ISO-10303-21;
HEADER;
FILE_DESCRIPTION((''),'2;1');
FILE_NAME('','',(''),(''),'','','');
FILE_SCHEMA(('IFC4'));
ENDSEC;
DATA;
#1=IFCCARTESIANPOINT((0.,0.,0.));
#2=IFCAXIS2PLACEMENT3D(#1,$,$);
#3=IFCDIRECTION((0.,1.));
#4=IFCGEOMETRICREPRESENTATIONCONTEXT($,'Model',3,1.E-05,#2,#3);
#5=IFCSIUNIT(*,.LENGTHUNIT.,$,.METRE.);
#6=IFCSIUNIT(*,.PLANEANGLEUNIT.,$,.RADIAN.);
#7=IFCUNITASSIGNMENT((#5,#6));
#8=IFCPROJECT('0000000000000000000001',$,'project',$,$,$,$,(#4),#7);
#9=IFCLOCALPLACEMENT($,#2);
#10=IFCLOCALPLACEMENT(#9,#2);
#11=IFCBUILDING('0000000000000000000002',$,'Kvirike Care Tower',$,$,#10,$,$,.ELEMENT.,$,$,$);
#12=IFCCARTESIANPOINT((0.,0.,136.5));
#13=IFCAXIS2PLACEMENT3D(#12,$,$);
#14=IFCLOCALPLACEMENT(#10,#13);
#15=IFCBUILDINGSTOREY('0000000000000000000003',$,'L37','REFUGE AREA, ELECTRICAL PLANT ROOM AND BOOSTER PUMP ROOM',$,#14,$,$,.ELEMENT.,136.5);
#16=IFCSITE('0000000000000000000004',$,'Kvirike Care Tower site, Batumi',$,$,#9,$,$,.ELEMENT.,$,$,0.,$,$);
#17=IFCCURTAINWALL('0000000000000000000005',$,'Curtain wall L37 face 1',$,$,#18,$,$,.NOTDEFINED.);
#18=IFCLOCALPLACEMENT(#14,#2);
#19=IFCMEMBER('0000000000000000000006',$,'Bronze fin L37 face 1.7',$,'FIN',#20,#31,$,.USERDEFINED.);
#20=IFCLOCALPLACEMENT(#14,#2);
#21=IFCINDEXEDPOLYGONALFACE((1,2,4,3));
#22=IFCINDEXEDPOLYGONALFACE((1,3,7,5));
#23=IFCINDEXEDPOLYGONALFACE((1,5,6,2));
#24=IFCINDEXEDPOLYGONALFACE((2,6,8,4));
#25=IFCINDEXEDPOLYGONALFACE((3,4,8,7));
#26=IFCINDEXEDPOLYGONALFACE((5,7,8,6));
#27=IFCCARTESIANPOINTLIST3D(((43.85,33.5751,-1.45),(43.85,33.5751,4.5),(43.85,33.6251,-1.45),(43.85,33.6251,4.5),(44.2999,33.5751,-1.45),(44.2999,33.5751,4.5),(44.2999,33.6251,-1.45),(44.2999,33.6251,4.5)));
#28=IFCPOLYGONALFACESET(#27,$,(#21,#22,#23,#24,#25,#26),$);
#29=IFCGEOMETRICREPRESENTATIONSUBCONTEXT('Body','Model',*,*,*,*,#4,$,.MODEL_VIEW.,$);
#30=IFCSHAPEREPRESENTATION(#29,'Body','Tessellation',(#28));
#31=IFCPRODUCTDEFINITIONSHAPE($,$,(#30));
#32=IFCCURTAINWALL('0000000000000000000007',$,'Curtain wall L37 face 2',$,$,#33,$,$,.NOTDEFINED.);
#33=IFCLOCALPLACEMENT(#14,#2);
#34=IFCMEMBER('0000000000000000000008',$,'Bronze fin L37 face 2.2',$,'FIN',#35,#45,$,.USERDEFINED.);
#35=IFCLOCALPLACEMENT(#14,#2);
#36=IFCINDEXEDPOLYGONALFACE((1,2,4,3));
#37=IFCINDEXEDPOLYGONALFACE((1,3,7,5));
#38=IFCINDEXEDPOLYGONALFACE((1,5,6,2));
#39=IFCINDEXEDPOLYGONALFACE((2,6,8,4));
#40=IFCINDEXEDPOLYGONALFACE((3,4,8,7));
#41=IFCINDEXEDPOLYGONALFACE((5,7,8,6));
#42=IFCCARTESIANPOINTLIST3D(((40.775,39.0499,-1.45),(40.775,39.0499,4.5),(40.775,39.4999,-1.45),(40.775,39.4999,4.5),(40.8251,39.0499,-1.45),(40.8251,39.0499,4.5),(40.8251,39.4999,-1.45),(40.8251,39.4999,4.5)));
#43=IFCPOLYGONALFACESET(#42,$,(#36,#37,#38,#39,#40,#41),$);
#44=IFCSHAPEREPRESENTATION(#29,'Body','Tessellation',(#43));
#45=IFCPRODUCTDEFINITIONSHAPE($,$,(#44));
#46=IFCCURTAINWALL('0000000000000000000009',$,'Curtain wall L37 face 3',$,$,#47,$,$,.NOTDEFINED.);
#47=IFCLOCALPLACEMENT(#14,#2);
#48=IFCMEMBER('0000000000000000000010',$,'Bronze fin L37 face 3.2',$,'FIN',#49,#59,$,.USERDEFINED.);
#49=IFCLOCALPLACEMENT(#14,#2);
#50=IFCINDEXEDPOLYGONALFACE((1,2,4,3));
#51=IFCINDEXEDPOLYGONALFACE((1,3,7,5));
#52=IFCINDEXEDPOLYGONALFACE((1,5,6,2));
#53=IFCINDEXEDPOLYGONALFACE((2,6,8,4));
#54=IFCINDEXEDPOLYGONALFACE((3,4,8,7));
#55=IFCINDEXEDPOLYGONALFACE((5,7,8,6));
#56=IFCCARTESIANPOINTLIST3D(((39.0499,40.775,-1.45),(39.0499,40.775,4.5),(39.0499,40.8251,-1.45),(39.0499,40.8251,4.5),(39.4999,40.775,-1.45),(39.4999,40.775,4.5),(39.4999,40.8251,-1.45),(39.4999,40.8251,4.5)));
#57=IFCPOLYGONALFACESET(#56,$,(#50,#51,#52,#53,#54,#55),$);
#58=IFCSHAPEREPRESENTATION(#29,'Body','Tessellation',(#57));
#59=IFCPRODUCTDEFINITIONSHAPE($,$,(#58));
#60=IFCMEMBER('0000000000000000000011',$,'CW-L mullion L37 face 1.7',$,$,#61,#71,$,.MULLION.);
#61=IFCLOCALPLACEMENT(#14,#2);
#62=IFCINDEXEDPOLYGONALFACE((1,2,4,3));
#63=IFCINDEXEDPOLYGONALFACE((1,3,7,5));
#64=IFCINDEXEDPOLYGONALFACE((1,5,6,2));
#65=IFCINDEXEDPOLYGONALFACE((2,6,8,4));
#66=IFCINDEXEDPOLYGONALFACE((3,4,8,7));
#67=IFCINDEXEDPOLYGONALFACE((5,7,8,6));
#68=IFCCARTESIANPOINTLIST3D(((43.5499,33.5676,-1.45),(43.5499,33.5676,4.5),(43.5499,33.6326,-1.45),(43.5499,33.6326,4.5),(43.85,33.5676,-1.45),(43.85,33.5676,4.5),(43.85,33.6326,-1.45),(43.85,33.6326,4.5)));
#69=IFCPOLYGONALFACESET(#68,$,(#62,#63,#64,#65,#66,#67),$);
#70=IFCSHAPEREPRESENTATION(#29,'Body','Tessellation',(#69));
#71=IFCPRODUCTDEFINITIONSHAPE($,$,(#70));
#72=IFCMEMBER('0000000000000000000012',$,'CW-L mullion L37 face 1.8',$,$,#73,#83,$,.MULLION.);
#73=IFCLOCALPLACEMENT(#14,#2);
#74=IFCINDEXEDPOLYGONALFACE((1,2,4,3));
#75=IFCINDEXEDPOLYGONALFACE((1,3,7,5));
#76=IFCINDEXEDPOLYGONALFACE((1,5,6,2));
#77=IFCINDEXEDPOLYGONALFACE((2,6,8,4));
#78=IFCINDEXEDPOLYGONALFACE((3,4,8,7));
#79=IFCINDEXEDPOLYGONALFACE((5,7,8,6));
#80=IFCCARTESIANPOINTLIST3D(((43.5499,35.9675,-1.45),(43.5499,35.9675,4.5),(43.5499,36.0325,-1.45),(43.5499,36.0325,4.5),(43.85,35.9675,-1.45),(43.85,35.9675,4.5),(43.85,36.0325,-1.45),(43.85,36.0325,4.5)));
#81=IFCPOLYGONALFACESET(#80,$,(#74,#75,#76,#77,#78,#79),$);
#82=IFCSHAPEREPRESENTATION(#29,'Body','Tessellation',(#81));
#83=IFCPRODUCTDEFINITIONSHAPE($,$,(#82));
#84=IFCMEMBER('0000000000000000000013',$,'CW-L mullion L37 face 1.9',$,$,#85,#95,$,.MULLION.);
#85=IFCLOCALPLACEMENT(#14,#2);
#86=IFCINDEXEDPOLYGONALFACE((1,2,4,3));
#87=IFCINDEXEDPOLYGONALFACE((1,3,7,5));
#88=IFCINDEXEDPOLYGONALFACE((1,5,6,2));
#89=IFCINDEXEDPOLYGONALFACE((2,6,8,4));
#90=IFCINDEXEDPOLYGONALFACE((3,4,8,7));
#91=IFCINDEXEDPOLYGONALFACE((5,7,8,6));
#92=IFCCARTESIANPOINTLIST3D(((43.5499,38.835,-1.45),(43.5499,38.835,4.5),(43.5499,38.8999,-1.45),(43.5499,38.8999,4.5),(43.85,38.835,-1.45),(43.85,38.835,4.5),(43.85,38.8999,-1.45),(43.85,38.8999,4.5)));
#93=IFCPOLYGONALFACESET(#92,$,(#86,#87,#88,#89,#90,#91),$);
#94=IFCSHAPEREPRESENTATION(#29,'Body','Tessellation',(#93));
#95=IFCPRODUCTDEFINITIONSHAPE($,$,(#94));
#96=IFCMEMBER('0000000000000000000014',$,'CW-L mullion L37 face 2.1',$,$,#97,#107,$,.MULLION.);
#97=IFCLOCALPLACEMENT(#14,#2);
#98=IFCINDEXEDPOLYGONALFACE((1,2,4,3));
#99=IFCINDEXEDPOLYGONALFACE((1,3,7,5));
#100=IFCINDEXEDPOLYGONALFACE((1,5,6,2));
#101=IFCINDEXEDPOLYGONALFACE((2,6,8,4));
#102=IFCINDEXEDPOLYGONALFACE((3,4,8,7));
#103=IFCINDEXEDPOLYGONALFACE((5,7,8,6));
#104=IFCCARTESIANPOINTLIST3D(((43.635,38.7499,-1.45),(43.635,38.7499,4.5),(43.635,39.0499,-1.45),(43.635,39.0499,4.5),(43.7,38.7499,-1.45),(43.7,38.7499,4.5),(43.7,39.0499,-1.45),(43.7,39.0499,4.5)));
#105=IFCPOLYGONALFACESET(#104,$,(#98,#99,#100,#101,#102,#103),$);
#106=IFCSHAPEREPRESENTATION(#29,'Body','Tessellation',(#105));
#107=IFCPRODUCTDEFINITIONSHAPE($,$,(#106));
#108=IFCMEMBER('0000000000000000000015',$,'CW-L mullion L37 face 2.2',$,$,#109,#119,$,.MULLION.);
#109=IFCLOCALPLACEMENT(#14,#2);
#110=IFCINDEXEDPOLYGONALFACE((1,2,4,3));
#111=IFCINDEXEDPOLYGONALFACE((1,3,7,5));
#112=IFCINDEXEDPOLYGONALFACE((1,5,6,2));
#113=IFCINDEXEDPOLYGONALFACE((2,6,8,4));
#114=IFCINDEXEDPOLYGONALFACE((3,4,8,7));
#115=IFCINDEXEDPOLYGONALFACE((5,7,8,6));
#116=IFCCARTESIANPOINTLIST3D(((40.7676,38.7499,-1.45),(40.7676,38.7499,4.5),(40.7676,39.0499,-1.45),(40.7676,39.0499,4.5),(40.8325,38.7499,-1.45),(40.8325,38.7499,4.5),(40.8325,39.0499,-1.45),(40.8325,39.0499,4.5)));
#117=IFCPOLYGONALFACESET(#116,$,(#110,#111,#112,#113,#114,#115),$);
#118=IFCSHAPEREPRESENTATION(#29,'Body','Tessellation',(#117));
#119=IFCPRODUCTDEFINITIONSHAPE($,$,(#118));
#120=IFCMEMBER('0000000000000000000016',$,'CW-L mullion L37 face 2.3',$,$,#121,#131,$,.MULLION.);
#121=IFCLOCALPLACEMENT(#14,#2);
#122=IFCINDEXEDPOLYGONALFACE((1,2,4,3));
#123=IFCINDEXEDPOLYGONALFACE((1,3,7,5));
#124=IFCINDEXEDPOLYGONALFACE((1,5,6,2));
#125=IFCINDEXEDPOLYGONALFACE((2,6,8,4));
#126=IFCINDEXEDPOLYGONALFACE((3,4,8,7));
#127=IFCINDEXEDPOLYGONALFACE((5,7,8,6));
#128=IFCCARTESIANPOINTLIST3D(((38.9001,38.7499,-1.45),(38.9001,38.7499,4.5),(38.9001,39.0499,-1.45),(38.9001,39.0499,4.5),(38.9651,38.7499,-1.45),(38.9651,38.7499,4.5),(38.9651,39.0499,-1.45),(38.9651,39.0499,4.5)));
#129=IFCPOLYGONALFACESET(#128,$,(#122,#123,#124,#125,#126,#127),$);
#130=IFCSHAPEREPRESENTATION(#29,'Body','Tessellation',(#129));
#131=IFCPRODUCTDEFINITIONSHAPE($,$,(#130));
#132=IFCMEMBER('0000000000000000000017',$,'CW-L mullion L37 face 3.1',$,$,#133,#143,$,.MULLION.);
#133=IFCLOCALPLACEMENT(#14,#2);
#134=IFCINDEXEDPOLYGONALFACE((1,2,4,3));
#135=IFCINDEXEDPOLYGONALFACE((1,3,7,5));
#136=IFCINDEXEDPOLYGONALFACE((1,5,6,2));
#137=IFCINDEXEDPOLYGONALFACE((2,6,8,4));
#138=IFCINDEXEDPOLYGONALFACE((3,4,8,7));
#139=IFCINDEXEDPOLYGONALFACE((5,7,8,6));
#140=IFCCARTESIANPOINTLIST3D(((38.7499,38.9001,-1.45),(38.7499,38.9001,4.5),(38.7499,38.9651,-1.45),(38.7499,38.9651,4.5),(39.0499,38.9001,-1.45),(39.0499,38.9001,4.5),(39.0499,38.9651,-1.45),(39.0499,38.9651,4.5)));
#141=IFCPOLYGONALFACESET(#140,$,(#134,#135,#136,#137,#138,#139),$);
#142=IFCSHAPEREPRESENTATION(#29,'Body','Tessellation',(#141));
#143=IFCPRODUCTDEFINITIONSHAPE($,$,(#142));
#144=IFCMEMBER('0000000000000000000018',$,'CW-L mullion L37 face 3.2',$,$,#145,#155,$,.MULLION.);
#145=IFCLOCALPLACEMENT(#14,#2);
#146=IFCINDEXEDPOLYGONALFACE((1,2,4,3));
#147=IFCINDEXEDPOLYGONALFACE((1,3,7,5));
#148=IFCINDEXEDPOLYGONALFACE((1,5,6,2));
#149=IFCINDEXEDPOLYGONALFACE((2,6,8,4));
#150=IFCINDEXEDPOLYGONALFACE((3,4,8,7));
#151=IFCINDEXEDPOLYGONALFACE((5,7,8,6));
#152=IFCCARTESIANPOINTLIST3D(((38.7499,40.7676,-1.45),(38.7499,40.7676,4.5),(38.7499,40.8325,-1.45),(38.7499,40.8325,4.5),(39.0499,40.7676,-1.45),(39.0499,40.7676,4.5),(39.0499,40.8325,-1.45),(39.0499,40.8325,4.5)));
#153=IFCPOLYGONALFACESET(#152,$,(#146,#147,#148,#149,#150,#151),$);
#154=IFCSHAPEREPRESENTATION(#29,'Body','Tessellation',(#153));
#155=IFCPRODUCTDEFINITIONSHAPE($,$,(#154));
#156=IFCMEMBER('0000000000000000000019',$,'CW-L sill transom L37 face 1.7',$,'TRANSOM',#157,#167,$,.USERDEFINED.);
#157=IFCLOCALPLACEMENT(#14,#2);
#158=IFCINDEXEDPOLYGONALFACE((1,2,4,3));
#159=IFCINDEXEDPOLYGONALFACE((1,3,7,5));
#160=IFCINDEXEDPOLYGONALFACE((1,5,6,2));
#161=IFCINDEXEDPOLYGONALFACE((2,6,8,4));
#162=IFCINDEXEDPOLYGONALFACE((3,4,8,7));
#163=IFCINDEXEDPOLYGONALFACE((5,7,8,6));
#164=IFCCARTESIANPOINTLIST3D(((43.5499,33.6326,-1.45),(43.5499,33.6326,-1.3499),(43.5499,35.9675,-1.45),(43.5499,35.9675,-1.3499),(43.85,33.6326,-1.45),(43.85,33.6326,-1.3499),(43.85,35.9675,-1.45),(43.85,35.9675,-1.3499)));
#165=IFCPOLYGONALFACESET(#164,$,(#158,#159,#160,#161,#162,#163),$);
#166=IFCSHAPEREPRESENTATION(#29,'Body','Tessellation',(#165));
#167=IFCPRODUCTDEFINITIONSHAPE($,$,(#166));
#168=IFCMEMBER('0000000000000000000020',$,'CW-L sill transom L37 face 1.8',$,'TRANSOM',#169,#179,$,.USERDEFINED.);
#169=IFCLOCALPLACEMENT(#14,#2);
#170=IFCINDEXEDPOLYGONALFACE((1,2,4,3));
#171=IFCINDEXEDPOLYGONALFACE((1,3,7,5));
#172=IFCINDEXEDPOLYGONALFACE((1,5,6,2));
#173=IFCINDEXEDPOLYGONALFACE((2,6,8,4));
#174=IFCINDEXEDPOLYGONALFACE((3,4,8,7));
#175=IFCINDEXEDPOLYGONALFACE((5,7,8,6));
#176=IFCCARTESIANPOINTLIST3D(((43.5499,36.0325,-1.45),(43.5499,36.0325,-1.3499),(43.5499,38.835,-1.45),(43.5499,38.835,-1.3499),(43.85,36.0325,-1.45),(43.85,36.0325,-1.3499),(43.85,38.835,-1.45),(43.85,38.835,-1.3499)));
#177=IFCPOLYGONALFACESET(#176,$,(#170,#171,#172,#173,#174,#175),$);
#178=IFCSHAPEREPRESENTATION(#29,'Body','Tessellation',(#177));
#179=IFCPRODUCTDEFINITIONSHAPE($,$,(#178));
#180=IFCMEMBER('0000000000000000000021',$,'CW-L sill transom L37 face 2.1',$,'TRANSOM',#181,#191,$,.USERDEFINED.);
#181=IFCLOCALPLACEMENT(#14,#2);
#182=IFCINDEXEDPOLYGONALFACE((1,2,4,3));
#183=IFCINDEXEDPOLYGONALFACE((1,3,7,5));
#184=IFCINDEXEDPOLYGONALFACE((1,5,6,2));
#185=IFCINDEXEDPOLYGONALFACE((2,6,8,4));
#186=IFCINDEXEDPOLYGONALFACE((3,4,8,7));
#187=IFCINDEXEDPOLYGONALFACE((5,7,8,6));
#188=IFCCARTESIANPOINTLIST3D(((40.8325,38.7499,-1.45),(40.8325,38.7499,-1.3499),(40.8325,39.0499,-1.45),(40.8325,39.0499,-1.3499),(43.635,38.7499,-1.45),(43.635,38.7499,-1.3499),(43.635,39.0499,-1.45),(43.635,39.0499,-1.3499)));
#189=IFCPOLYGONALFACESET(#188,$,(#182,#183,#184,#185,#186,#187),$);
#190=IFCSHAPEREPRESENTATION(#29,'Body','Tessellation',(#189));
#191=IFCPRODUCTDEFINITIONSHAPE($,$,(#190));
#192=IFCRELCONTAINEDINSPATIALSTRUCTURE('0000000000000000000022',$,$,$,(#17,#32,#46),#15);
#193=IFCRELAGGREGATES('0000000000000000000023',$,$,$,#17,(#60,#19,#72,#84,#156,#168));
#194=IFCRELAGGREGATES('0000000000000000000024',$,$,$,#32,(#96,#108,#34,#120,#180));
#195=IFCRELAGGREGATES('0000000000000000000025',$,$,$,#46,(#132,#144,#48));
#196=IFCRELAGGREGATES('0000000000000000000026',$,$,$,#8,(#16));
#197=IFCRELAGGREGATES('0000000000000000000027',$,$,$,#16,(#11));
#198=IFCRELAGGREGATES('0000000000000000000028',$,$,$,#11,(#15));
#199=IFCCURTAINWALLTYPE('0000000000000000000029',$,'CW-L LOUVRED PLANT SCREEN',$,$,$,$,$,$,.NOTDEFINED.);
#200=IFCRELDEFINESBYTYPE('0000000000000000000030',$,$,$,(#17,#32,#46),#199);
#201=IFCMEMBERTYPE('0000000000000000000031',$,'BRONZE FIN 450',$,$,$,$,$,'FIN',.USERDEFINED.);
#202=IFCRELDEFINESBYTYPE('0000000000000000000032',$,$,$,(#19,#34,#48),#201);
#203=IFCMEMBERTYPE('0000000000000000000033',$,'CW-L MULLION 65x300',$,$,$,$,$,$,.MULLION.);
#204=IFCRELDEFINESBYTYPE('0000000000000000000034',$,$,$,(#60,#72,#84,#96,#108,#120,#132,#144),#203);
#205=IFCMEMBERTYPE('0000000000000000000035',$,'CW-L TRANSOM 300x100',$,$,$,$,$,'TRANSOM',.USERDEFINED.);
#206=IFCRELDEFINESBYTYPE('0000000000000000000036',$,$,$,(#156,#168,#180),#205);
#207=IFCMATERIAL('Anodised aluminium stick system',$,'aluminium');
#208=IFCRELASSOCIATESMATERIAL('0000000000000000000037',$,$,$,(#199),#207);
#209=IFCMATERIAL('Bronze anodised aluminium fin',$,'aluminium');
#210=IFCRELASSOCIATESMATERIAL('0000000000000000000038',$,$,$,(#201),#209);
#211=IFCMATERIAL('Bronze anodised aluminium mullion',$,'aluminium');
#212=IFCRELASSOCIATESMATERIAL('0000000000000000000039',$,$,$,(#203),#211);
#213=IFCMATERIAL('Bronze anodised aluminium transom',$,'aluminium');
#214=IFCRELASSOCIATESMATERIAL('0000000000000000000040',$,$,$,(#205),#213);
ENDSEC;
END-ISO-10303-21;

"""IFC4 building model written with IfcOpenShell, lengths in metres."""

from ifc_helpers import new_model, si_unit, direction, frame, origin, origin_2d, place, context, subcontext, project, spatial, rectangle, extrude, material, material_profile, profile_set, type_object, element, aggregate, save


model = new_model("IFC4")

# Units and contexts
model_context = context("Model", 3, precision=1e-05, world=origin(), true_north=direction((0.0, 1.0)))
body_context = subcontext(model_context, "Body", "Model", "MODEL_VIEW")
ifc_project = project(units=[si_unit("LENGTHUNIT", "METRE"), si_unit("PLANEANGLEUNIT", "RADIAN")], contexts=[model_context])

# Site, building, storey
site_placement = place(None, origin())
site = spatial("IfcSite", under=ifc_project, at=site_placement, Name="Kvirike Care Tower site, Batumi", CompositionType="ELEMENT", RefElevation=0.0)
building_placement = place(site_placement, origin())
building = spatial("IfcBuilding", under=site, at=building_placement, Name="Kvirike Care Tower", CompositionType="ELEMENT")
storey_placement = place(building_placement, frame((0.0, 0.0, 136.5)))
storey = spatial("IfcBuildingStorey", under=building, at=storey_placement, Name="L37", Description="REFUGE AREA, ELECTRICAL PLANT ROOM AND BOOSTER PUMP ROOM", CompositionType="ELEMENT", Elevation=136.5)

# Curtain walls, members
ifc_material_1 = material(Name="Anodised aluminium stick system", Category="aluminium")
curtain_wall_type = type_object("IfcCurtainWallType", Name="CW-L LOUVRED PLANT SCREEN", PredefinedType="NOTDEFINED", material=ifc_material_1)
curtain_wall_1_placement = place(storey_placement, origin())
curtain_wall_1 = element("IfcCurtainWall", 1, at=curtain_wall_1_placement, inside=storey, type_object=curtain_wall_type, Name="Curtain wall L37 face 1", PredefinedType="NOTDEFINED")
ifc_material_2 = material(Name="Bronze anodised aluminium fin", Category="aluminium")
ifc_material_profile_1 = material_profile(ifc_material_2, rectangle(XDim=0.05, YDim=0.45, at=origin_2d()), Name="BRONZE FIN 450")
ifc_profile_set_1 = profile_set([ifc_material_profile_1], Name="Bronze anodised aluminium fin")
member_type_1 = type_object("IfcMemberType", Name="BRONZE FIN 450", ElementType="FIN", PredefinedType="USERDEFINED", material=ifc_profile_set_1)
member_1_placement = place(storey_placement, frame((44.075, 33.6001, -1.45), z_axis=(0.0, 0.0, 1.0), x_axis=(0.0, 1.0, 0.0)))
member_1 = element("IfcMember", 2, at=member_1_placement, type_object=member_type_1, Name="Bronze fin L37 face 1.7", ObjectType="FIN", PredefinedType="USERDEFINED", context=body_context, shape_type="SweptSolid", body=[
    extrude(rectangle(XDim=0.05, YDim=0.45, at=origin_2d()), origin(), (0.0, 0.0, 1.0), 5.95),
])
curtain_wall_2_placement = place(storey_placement, origin())
curtain_wall_2 = element("IfcCurtainWall", 3, at=curtain_wall_2_placement, inside=storey, type_object=curtain_wall_type, Name="Curtain wall L37 face 2", PredefinedType="NOTDEFINED")
member_2_placement = place(storey_placement, frame((40.8, 39.2749, -1.45), z_axis=(0.0, 0.0, 1.0), x_axis=(-1.0, 0.0, 0.0)))
member_2 = element("IfcMember", 4, at=member_2_placement, type_object=member_type_1, Name="Bronze fin L37 face 2.2", ObjectType="FIN", PredefinedType="USERDEFINED", context=body_context, shape_type="SweptSolid", body=[
    extrude(rectangle(XDim=0.05, YDim=0.45, at=origin_2d()), origin(), (0.0, 0.0, 1.0), 5.95),
])
curtain_wall_3_placement = place(storey_placement, origin())
curtain_wall_3 = element("IfcCurtainWall", 5, at=curtain_wall_3_placement, inside=storey, type_object=curtain_wall_type, Name="Curtain wall L37 face 3", PredefinedType="NOTDEFINED")
member_3_placement = place(storey_placement, frame((39.2749, 40.8, -1.45), z_axis=(0.0, 0.0, 1.0), x_axis=(0.0, 1.0, 0.0)))
member_3 = element("IfcMember", 6, at=member_3_placement, type_object=member_type_1, Name="Bronze fin L37 face 3.2", ObjectType="FIN", PredefinedType="USERDEFINED", context=body_context, shape_type="SweptSolid", body=[
    extrude(rectangle(XDim=0.05, YDim=0.45, at=origin_2d()), origin(), (0.0, 0.0, 1.0), 5.95),
])

# Members
ifc_material_3 = material(Name="Bronze anodised aluminium mullion", Category="aluminium")
ifc_material_profile_2 = material_profile(ifc_material_3, rectangle(XDim=0.0649, YDim=0.3, at=origin_2d()), Name="CW-L MULLION 65x300")
ifc_profile_set_2 = profile_set([ifc_material_profile_2], Name="Bronze anodised aluminium mullion")
member_type_2 = type_object("IfcMemberType", Name="CW-L MULLION 65x300", PredefinedType="MULLION", material=ifc_profile_set_2)
member_4_placement = place(storey_placement, frame((43.7, 33.6001, -1.45), z_axis=(0.0, 0.0, 1.0), x_axis=(0.0, 1.0, 0.0)))
member_4 = element("IfcMember", 7, at=member_4_placement, type_object=member_type_2, Name="CW-L mullion L37 face 1.7", PredefinedType="MULLION", context=body_context, shape_type="SweptSolid", body=[
    extrude(rectangle(XDim=0.0649, YDim=0.3, at=origin_2d()), origin(), (0.0, 0.0, 1.0), 5.95),
])
member_5_placement = place(storey_placement, frame((43.7, 36.0, -1.45), z_axis=(0.0, 0.0, 1.0), x_axis=(0.0, 1.0, 0.0)))
member_5 = element("IfcMember", 8, at=member_5_placement, type_object=member_type_2, Name="CW-L mullion L37 face 1.8", PredefinedType="MULLION", context=body_context, shape_type="SweptSolid", body=[
    extrude(rectangle(XDim=0.0649, YDim=0.3, at=origin_2d()), origin(), (0.0, 0.0, 1.0), 5.95),
])
member_6_placement = place(storey_placement, frame((43.7, 38.8674, -1.45), z_axis=(0.0, 0.0, 1.0), x_axis=(0.0, 1.0, 0.0)))
member_6 = element("IfcMember", 9, at=member_6_placement, type_object=member_type_2, Name="CW-L mullion L37 face 1.9", PredefinedType="MULLION", context=body_context, shape_type="SweptSolid", body=[
    extrude(rectangle(XDim=0.0649, YDim=0.3, at=origin_2d()), origin(), (0.0, 0.0, 1.0), 5.95),
])
member_7_placement = place(storey_placement, frame((43.6675, 38.8999, -1.45), z_axis=(0.0, 0.0, 1.0), x_axis=(-1.0, 0.0, 0.0)))
member_7 = element("IfcMember", 10, at=member_7_placement, type_object=member_type_2, Name="CW-L mullion L37 face 2.1", PredefinedType="MULLION", context=body_context, shape_type="SweptSolid", body=[
    extrude(rectangle(XDim=0.0649, YDim=0.3, at=origin_2d()), origin(), (0.0, 0.0, 1.0), 5.95),
])
member_8_placement = place(storey_placement, frame((40.8, 38.8999, -1.45), z_axis=(0.0, 0.0, 1.0), x_axis=(-1.0, 0.0, 0.0)))
member_8 = element("IfcMember", 11, at=member_8_placement, type_object=member_type_2, Name="CW-L mullion L37 face 2.2", PredefinedType="MULLION", context=body_context, shape_type="SweptSolid", body=[
    extrude(rectangle(XDim=0.0649, YDim=0.3, at=origin_2d()), origin(), (0.0, 0.0, 1.0), 5.95),
])
member_9_placement = place(storey_placement, frame((38.9326, 38.8999, -1.45), z_axis=(0.0, 0.0, 1.0), x_axis=(-1.0, 0.0, 0.0)))
member_9 = element("IfcMember", 12, at=member_9_placement, type_object=member_type_2, Name="CW-L mullion L37 face 2.3", PredefinedType="MULLION", context=body_context, shape_type="SweptSolid", body=[
    extrude(rectangle(XDim=0.0649, YDim=0.3, at=origin_2d()), origin(), (0.0, 0.0, 1.0), 5.95),
])
member_10_placement = place(storey_placement, frame((38.8999, 38.9326, -1.45), z_axis=(0.0, 0.0, 1.0), x_axis=(0.0, 1.0, 0.0)))
member_10 = element("IfcMember", 13, at=member_10_placement, type_object=member_type_2, Name="CW-L mullion L37 face 3.1", PredefinedType="MULLION", context=body_context, shape_type="SweptSolid", body=[
    extrude(rectangle(XDim=0.0649, YDim=0.3, at=origin_2d()), origin(), (0.0, 0.0, 1.0), 5.95),
])
member_11_placement = place(storey_placement, frame((38.8999, 40.8, -1.45), z_axis=(0.0, 0.0, 1.0), x_axis=(0.0, 1.0, 0.0)))
member_11 = element("IfcMember", 14, at=member_11_placement, type_object=member_type_2, Name="CW-L mullion L37 face 3.2", PredefinedType="MULLION", context=body_context, shape_type="SweptSolid", body=[
    extrude(rectangle(XDim=0.0649, YDim=0.3, at=origin_2d()), origin(), (0.0, 0.0, 1.0), 5.95),
])
ifc_material_4 = material(Name="Bronze anodised aluminium transom", Category="aluminium")
ifc_material_profile_3 = material_profile(ifc_material_4, rectangle(XDim=0.3, YDim=0.1001, at=origin_2d()), Name="CW-L TRANSOM 300x100")
ifc_profile_set_3 = profile_set([ifc_material_profile_3], Name="Bronze anodised aluminium transom")
member_type_3 = type_object("IfcMemberType", Name="CW-L TRANSOM 300x100", ElementType="TRANSOM", PredefinedType="USERDEFINED", material=ifc_profile_set_3)
member_12_placement = place(storey_placement, frame((43.7, 33.6326, -1.3999), z_axis=(0.0, 1.0, 0.0), x_axis=(-1.0, 0.0, 0.0)))
member_12 = element("IfcMember", 15, at=member_12_placement, type_object=member_type_3, Name="CW-L sill transom L37 face 1.7", ObjectType="TRANSOM", PredefinedType="USERDEFINED", context=body_context, shape_type="SweptSolid", body=[
    extrude(rectangle(XDim=0.3, YDim=0.1001, at=origin_2d()), origin(), (0.0, 0.0, 1.0), 2.335),
])
member_13_placement = place(storey_placement, frame((43.7, 36.0325, -1.3999), z_axis=(0.0, 1.0, 0.0), x_axis=(-1.0, 0.0, 0.0)))
member_13 = element("IfcMember", 16, at=member_13_placement, type_object=member_type_3, Name="CW-L sill transom L37 face 1.8", ObjectType="TRANSOM", PredefinedType="USERDEFINED", context=body_context, shape_type="SweptSolid", body=[
    extrude(rectangle(XDim=0.3, YDim=0.1001, at=origin_2d()), origin(), (0.0, 0.0, 1.0), 2.8025),
])
member_14_placement = place(storey_placement, frame((43.635, 38.8999, -1.3999), z_axis=(-1.0, 0.0, 0.0), x_axis=(0.0, -1.0, 0.0)))
member_14 = element("IfcMember", 17, at=member_14_placement, type_object=member_type_3, Name="CW-L sill transom L37 face 2.1", ObjectType="TRANSOM", PredefinedType="USERDEFINED", context=body_context, shape_type="SweptSolid", body=[
    extrude(rectangle(XDim=0.3, YDim=0.1001, at=origin_2d()), origin(), (0.0, 0.0, 1.0), 2.8025),
])

aggregate(curtain_wall_1, [member_4, member_1, member_5, member_6, member_12, member_13])
aggregate(curtain_wall_2, [member_7, member_8, member_2, member_9, member_14])
aggregate(curtain_wall_3, [member_10, member_11, member_3])

save(model, "model.ifc")
